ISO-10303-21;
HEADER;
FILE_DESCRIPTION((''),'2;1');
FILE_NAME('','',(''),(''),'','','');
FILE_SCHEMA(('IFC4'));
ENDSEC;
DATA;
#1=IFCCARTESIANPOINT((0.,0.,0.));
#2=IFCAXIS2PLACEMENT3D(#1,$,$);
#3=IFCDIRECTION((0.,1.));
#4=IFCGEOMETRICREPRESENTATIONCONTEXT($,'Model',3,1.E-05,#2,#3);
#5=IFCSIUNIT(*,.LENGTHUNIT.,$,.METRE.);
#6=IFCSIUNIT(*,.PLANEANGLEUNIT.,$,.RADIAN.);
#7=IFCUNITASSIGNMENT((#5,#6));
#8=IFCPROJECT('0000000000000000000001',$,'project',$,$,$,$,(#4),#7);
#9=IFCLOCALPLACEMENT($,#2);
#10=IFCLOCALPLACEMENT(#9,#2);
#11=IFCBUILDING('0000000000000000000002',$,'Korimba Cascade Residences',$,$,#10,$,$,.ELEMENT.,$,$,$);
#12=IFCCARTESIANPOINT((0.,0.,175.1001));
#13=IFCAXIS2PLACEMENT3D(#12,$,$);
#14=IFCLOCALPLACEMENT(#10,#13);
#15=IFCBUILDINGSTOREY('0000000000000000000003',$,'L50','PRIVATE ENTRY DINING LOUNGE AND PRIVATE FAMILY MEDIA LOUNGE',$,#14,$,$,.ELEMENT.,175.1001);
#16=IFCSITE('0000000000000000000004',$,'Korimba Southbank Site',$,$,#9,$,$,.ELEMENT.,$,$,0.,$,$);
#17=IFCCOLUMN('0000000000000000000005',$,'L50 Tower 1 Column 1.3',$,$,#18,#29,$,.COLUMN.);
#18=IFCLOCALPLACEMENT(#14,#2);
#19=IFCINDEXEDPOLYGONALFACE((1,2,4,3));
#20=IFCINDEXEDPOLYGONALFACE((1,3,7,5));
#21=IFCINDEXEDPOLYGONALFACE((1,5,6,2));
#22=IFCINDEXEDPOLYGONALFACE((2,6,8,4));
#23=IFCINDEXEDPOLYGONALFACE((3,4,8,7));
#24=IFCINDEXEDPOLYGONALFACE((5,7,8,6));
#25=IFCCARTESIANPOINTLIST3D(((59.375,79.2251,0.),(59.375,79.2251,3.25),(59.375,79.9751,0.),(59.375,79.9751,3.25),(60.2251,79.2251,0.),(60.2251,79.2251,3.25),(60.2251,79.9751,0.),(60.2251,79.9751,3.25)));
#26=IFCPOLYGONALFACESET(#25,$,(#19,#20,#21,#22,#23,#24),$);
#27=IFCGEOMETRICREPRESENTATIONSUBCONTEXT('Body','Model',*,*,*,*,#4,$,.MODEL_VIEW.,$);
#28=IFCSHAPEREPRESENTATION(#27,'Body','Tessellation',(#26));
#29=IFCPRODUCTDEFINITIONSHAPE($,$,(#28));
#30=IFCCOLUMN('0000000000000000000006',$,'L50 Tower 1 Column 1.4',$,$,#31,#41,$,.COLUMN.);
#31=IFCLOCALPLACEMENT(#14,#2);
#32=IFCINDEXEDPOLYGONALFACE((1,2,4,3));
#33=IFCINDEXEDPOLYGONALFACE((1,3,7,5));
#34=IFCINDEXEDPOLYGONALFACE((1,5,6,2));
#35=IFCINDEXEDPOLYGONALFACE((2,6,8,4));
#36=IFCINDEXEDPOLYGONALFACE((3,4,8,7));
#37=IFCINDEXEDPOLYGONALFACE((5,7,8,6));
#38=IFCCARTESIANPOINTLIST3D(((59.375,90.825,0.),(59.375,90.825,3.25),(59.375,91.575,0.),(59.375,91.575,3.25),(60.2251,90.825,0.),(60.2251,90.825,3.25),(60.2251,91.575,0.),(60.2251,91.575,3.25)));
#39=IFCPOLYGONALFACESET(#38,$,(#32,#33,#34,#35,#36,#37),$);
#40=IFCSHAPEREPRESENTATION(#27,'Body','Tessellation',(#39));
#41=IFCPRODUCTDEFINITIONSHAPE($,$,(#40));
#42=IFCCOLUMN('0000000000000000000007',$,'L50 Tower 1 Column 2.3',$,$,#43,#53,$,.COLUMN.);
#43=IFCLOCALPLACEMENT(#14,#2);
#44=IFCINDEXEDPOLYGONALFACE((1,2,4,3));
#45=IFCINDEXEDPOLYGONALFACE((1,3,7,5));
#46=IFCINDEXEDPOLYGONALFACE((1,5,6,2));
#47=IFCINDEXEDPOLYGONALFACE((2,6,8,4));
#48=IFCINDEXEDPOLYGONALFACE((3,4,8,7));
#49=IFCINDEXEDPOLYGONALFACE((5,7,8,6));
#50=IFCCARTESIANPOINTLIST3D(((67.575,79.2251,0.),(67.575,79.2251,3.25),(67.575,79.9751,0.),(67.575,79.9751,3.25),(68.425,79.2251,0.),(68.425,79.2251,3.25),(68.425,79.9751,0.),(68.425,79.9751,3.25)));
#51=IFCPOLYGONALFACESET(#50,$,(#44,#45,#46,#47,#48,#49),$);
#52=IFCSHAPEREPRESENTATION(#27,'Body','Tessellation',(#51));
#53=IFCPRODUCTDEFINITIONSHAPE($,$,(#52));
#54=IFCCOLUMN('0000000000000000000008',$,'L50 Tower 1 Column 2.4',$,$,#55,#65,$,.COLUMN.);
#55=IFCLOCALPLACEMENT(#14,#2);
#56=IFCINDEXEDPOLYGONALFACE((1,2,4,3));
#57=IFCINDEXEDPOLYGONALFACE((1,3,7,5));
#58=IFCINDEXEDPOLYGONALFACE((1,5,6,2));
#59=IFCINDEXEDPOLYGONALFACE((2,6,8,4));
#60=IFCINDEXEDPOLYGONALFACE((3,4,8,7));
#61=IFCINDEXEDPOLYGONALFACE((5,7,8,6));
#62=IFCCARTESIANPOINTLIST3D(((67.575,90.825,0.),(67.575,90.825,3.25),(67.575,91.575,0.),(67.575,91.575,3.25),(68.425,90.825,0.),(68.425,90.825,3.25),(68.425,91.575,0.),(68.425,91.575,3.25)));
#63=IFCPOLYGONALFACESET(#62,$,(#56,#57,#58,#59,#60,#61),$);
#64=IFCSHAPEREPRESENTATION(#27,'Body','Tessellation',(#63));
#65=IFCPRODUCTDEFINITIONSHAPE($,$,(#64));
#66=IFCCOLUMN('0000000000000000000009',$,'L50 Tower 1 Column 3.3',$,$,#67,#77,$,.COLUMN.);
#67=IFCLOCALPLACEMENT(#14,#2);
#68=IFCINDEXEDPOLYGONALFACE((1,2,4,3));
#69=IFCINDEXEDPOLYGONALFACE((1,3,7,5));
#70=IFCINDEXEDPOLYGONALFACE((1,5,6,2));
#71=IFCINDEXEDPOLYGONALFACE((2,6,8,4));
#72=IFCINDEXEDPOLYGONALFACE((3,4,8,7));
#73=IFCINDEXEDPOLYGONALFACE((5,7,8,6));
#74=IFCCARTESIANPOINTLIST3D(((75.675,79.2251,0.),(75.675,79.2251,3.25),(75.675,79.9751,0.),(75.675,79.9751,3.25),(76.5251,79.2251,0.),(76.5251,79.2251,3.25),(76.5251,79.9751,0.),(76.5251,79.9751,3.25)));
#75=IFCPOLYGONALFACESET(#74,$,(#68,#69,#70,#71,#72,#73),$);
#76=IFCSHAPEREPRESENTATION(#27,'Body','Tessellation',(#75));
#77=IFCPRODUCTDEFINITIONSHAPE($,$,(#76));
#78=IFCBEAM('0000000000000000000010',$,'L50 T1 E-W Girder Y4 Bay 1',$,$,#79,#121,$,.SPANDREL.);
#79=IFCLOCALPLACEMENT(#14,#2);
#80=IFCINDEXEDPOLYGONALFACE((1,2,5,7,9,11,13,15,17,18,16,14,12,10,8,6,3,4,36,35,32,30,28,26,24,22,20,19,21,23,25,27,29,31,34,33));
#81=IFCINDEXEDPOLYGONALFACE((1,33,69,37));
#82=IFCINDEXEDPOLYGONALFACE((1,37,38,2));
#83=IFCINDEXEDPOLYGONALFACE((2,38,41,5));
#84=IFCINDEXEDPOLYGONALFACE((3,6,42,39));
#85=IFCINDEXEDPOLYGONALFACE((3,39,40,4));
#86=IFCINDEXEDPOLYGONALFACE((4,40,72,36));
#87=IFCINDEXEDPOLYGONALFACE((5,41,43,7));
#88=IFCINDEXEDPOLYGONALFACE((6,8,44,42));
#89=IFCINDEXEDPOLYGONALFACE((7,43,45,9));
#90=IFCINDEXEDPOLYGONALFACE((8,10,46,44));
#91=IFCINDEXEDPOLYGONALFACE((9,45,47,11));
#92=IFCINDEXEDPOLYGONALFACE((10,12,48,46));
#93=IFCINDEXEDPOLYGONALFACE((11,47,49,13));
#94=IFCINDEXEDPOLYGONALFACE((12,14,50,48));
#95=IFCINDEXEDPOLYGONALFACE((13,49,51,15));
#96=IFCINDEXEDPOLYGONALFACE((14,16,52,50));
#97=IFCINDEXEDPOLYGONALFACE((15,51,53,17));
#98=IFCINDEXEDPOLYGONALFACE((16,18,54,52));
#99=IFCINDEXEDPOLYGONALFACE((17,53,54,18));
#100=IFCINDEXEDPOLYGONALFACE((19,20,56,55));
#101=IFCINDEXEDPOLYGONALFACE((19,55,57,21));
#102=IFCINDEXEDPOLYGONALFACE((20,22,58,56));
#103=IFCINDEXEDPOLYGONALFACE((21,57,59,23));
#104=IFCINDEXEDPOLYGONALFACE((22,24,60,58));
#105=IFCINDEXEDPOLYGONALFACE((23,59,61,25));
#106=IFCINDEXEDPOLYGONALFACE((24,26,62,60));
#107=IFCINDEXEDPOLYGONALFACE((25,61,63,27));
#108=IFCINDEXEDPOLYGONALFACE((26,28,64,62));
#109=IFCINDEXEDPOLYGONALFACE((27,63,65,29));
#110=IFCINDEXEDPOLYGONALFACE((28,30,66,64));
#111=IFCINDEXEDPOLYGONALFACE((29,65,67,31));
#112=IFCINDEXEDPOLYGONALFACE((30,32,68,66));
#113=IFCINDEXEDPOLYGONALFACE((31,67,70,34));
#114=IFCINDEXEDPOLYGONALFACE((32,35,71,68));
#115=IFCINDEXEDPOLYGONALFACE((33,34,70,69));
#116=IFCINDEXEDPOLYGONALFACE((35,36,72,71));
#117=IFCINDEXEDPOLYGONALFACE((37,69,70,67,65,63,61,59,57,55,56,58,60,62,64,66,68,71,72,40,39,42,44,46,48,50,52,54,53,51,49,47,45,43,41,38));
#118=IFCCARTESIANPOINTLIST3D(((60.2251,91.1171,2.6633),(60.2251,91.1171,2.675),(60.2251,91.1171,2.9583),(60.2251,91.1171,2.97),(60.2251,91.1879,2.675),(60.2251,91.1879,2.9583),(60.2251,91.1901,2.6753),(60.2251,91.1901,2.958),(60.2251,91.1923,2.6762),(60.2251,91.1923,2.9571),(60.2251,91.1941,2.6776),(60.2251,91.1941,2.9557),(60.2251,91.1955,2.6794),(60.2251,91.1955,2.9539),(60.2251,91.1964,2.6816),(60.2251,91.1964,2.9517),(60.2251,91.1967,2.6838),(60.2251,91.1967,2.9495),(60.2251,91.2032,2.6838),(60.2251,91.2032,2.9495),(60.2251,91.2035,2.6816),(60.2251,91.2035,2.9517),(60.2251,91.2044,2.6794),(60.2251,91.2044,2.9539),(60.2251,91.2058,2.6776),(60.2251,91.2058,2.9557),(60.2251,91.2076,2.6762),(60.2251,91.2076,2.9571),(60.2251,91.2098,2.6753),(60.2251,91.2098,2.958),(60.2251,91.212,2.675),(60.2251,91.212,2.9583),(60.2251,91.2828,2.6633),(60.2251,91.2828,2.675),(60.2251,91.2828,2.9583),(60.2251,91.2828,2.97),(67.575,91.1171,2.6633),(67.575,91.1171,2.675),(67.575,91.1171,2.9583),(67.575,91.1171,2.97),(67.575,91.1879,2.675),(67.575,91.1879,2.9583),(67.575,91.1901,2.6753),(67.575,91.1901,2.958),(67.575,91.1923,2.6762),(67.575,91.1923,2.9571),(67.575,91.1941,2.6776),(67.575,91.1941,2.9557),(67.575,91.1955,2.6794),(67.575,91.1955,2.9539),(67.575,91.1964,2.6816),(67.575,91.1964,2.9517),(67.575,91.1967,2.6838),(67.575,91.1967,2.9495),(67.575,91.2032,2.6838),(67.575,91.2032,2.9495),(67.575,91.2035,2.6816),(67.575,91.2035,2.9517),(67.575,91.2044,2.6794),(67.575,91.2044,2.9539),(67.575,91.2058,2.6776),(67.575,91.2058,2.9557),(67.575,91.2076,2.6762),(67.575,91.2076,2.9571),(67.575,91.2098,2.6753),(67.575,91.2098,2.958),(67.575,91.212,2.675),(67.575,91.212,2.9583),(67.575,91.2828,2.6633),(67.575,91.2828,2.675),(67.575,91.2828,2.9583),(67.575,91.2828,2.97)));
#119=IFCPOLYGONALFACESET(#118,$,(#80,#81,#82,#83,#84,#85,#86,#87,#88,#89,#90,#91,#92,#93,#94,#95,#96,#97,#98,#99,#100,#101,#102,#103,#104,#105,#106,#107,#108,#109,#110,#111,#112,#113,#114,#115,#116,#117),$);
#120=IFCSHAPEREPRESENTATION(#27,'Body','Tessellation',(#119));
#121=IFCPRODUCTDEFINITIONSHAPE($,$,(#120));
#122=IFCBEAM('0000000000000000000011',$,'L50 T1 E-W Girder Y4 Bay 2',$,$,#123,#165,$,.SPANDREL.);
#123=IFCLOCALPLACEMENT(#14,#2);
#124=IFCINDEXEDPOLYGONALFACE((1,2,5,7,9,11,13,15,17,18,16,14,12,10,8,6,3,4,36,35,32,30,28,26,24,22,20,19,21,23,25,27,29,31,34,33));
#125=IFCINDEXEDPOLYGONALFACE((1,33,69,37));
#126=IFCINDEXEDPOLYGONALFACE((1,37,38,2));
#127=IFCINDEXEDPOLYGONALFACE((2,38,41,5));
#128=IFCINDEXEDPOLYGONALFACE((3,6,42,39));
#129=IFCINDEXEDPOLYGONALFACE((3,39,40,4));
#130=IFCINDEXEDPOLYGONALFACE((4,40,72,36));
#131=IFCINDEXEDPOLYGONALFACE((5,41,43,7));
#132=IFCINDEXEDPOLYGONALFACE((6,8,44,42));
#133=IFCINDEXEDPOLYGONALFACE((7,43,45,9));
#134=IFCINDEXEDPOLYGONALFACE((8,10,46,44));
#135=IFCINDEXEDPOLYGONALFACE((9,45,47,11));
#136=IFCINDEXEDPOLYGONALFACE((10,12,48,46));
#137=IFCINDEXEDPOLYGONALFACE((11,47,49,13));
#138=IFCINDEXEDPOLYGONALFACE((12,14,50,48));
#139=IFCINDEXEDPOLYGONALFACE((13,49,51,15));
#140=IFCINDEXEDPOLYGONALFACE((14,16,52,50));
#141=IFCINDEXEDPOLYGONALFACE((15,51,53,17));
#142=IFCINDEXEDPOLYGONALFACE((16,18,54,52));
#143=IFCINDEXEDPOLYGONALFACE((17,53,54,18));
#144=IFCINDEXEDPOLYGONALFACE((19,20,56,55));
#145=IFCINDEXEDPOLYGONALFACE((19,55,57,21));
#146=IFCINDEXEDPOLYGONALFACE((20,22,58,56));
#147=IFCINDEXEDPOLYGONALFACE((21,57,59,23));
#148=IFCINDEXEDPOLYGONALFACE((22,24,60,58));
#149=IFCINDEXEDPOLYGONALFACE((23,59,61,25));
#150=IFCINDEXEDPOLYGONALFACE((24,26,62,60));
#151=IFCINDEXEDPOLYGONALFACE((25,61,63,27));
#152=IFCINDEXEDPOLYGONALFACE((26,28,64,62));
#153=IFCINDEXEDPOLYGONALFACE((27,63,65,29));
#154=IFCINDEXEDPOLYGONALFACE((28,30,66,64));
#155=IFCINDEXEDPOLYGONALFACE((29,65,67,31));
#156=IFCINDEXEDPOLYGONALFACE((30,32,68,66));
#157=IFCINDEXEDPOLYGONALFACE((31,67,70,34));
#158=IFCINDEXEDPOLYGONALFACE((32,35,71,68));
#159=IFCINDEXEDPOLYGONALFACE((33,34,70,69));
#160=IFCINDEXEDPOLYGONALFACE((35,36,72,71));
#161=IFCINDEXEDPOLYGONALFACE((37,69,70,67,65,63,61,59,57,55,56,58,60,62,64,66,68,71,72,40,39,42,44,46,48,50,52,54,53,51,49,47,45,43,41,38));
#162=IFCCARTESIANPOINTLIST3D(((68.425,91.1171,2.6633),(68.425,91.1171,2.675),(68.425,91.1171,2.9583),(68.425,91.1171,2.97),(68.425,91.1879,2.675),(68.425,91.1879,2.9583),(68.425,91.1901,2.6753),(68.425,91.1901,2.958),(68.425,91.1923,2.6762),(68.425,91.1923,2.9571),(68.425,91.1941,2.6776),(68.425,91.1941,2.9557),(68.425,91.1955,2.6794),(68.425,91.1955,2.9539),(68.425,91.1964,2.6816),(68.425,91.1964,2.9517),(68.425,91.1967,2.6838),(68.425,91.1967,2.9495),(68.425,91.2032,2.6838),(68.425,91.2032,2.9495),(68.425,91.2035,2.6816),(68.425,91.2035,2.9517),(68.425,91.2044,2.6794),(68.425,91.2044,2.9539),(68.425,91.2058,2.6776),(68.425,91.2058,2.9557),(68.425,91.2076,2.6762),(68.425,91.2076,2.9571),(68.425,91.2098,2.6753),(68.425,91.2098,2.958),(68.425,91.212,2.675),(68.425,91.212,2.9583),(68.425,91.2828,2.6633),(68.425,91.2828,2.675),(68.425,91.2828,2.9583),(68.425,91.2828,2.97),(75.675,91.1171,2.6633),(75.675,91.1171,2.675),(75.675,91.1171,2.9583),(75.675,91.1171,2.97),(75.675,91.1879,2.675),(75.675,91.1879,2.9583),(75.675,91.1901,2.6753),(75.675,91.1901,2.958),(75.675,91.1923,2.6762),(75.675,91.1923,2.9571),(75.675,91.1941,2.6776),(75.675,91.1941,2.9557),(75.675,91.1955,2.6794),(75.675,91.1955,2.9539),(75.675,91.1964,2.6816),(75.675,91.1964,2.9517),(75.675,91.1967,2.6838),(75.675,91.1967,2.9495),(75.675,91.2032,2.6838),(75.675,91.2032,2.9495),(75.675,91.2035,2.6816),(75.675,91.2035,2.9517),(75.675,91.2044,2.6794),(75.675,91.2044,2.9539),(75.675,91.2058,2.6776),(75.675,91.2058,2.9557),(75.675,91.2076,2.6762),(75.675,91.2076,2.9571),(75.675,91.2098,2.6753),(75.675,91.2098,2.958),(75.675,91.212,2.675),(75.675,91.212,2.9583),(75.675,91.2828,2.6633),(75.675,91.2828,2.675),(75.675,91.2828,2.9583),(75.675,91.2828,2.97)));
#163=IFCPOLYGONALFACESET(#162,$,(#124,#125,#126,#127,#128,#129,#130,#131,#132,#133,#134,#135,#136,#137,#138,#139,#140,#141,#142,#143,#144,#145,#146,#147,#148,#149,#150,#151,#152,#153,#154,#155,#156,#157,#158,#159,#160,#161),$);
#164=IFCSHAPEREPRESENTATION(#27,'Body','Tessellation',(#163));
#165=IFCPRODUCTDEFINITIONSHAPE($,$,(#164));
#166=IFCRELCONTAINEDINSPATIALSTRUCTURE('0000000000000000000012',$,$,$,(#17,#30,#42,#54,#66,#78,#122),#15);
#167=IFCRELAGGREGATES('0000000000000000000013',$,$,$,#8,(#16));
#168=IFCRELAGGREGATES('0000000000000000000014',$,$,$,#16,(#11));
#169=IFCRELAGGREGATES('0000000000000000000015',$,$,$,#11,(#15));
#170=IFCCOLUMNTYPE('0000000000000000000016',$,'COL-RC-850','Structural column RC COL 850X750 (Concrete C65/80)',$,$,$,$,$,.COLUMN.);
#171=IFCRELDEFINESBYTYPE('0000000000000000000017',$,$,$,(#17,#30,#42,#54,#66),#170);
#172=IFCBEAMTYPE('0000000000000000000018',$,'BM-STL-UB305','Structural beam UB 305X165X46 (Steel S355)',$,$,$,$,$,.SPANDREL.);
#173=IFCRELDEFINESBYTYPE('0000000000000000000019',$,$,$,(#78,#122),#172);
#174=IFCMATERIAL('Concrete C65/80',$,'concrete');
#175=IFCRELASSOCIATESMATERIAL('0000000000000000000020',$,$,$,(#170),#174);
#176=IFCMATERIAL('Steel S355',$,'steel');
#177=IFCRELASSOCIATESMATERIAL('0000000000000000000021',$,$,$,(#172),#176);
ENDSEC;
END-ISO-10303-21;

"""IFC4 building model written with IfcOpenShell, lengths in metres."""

from ifc_helpers import new_model, si_unit, direction, frame, origin, origin_2d, place, context, subcontext, project, spatial, rectangle, i_section, extrude, material, material_profile, profile_set, type_object, element, save


model = new_model("IFC4")

# Units and contexts
model_context = context("Model", 3, precision=1e-05, world=origin(), true_north=direction((0.0, 1.0)))
body_context = subcontext(model_context, "Body", "Model", "MODEL_VIEW")
ifc_project = project(units=[si_unit("LENGTHUNIT", "METRE"), si_unit("PLANEANGLEUNIT", "RADIAN")], contexts=[model_context])

# Site, building, storey
site_placement = place(None, origin())
site = spatial("IfcSite", under=ifc_project, at=site_placement, Name="Korimba Southbank Site", CompositionType="ELEMENT", RefElevation=0.0)
building_placement = place(site_placement, origin())
building = spatial("IfcBuilding", under=site, at=building_placement, Name="Korimba Cascade Residences", CompositionType="ELEMENT")
storey_placement = place(building_placement, frame((0.0, 0.0, 175.1001)))
storey = spatial("IfcBuildingStorey", under=building, at=storey_placement, Name="L50", Description="PRIVATE ENTRY DINING LOUNGE AND PRIVATE FAMILY MEDIA LOUNGE", CompositionType="ELEMENT", Elevation=175.1001)

# Columns
ifc_material_1 = material(Name="Concrete C65/80", Category="concrete")
ifc_material_profile_1 = material_profile(ifc_material_1, rectangle(XDim=0.8501, YDim=0.75, at=origin_2d()), Name="Concrete C65/80")
ifc_profile_set_1 = profile_set([ifc_material_profile_1], Name="Concrete C65/80")
column_type = type_object("IfcColumnType", Name="COL-RC-850", Description="Structural column RC COL 850X750 (Concrete C65/80)", PredefinedType="COLUMN", material=ifc_profile_set_1)
for number, where, z_axis, x_axis, name in (
    (1, (59.8, 79.6001, 0.0), (0.0, 0.0, 1.0), (1.0, 0.0, 0.0), "L50 Tower 1 Column 1.3"),
    (2, (59.8, 91.2, 0.0), (0.0, 0.0, 1.0), (1.0, 0.0, 0.0), "L50 Tower 1 Column 1.4"),
    (3, (68.0, 79.6001, 0.0), (0.0, 0.0, 1.0), (1.0, 0.0, 0.0), "L50 Tower 1 Column 2.3"),
    (4, (68.0, 91.2, 0.0), (0.0, 0.0, 1.0), (1.0, 0.0, 0.0), "L50 Tower 1 Column 2.4"),
    (5, (76.1001, 79.6001, 0.0), (0.0, 0.0, 1.0), (1.0, 0.0, 0.0), "L50 Tower 1 Column 3.3"),
):
    element("IfcColumn", number, at=place(storey_placement, frame(where, z_axis=z_axis, x_axis=x_axis)), inside=storey, type_object=column_type, Name=name, PredefinedType="COLUMN", context=body_context, shape_type="SweptSolid", body=[
        extrude(rectangle(XDim=0.8501, YDim=0.75, at=origin_2d()), origin(), (0.0, 0.0, 1.0), 3.25),
    ])

# Beams
ifc_material_2 = material(Name="Steel S355", Category="steel")
ifc_material_profile_2 = material_profile(ifc_material_2, i_section(OverallWidth=0.1658, OverallDepth=0.3066, WebThickness=0.0066, FlangeThickness=0.0117, FilletRadius=0.0088, at=origin_2d()), Name="Steel S355")
ifc_profile_set_2 = profile_set([ifc_material_profile_2], Name="Steel S355")
beam_type_1 = type_object("IfcBeamType", Name="BM-STL-UB305", Description="Structural beam UB 305X165X46 (Steel S355)", PredefinedType="SPANDREL", material=ifc_profile_set_2)
beam_1_placement = place(storey_placement, frame((60.2251, 91.2, 2.8167), z_axis=(1.0, 0.0, 0.0), x_axis=(0.0, 1.0, 0.0)))
element("IfcBeam", 6, at=beam_1_placement, inside=storey, type_object=beam_type_1, Name="L50 T1 E-W Girder Y4 Bay 1", PredefinedType="SPANDREL", context=body_context, shape_type="SweptSolid", body=[
    extrude(i_section(OverallWidth=0.1658, OverallDepth=0.3066, WebThickness=0.0066, FlangeThickness=0.0117, FilletRadius=0.0088, at=origin_2d()), origin(), (0.0, 0.0, 1.0), 7.3499),
])
beam_2_placement = place(storey_placement, frame((68.425, 91.2, 2.8167), z_axis=(1.0, 0.0, 0.0), x_axis=(0.0, 1.0, 0.0)))
element("IfcBeam", 7, at=beam_2_placement, inside=storey, type_object=beam_type_1, Name="L50 T1 E-W Girder Y4 Bay 2", PredefinedType="SPANDREL", context=body_context, shape_type="SweptSolid", body=[
    extrude(i_section(OverallWidth=0.1658, OverallDepth=0.3066, WebThickness=0.0066, FlangeThickness=0.0117, FilletRadius=0.0088, at=origin_2d()), origin(), (0.0, 0.0, 1.0), 7.25),
])

save(model, "model.ifc")
